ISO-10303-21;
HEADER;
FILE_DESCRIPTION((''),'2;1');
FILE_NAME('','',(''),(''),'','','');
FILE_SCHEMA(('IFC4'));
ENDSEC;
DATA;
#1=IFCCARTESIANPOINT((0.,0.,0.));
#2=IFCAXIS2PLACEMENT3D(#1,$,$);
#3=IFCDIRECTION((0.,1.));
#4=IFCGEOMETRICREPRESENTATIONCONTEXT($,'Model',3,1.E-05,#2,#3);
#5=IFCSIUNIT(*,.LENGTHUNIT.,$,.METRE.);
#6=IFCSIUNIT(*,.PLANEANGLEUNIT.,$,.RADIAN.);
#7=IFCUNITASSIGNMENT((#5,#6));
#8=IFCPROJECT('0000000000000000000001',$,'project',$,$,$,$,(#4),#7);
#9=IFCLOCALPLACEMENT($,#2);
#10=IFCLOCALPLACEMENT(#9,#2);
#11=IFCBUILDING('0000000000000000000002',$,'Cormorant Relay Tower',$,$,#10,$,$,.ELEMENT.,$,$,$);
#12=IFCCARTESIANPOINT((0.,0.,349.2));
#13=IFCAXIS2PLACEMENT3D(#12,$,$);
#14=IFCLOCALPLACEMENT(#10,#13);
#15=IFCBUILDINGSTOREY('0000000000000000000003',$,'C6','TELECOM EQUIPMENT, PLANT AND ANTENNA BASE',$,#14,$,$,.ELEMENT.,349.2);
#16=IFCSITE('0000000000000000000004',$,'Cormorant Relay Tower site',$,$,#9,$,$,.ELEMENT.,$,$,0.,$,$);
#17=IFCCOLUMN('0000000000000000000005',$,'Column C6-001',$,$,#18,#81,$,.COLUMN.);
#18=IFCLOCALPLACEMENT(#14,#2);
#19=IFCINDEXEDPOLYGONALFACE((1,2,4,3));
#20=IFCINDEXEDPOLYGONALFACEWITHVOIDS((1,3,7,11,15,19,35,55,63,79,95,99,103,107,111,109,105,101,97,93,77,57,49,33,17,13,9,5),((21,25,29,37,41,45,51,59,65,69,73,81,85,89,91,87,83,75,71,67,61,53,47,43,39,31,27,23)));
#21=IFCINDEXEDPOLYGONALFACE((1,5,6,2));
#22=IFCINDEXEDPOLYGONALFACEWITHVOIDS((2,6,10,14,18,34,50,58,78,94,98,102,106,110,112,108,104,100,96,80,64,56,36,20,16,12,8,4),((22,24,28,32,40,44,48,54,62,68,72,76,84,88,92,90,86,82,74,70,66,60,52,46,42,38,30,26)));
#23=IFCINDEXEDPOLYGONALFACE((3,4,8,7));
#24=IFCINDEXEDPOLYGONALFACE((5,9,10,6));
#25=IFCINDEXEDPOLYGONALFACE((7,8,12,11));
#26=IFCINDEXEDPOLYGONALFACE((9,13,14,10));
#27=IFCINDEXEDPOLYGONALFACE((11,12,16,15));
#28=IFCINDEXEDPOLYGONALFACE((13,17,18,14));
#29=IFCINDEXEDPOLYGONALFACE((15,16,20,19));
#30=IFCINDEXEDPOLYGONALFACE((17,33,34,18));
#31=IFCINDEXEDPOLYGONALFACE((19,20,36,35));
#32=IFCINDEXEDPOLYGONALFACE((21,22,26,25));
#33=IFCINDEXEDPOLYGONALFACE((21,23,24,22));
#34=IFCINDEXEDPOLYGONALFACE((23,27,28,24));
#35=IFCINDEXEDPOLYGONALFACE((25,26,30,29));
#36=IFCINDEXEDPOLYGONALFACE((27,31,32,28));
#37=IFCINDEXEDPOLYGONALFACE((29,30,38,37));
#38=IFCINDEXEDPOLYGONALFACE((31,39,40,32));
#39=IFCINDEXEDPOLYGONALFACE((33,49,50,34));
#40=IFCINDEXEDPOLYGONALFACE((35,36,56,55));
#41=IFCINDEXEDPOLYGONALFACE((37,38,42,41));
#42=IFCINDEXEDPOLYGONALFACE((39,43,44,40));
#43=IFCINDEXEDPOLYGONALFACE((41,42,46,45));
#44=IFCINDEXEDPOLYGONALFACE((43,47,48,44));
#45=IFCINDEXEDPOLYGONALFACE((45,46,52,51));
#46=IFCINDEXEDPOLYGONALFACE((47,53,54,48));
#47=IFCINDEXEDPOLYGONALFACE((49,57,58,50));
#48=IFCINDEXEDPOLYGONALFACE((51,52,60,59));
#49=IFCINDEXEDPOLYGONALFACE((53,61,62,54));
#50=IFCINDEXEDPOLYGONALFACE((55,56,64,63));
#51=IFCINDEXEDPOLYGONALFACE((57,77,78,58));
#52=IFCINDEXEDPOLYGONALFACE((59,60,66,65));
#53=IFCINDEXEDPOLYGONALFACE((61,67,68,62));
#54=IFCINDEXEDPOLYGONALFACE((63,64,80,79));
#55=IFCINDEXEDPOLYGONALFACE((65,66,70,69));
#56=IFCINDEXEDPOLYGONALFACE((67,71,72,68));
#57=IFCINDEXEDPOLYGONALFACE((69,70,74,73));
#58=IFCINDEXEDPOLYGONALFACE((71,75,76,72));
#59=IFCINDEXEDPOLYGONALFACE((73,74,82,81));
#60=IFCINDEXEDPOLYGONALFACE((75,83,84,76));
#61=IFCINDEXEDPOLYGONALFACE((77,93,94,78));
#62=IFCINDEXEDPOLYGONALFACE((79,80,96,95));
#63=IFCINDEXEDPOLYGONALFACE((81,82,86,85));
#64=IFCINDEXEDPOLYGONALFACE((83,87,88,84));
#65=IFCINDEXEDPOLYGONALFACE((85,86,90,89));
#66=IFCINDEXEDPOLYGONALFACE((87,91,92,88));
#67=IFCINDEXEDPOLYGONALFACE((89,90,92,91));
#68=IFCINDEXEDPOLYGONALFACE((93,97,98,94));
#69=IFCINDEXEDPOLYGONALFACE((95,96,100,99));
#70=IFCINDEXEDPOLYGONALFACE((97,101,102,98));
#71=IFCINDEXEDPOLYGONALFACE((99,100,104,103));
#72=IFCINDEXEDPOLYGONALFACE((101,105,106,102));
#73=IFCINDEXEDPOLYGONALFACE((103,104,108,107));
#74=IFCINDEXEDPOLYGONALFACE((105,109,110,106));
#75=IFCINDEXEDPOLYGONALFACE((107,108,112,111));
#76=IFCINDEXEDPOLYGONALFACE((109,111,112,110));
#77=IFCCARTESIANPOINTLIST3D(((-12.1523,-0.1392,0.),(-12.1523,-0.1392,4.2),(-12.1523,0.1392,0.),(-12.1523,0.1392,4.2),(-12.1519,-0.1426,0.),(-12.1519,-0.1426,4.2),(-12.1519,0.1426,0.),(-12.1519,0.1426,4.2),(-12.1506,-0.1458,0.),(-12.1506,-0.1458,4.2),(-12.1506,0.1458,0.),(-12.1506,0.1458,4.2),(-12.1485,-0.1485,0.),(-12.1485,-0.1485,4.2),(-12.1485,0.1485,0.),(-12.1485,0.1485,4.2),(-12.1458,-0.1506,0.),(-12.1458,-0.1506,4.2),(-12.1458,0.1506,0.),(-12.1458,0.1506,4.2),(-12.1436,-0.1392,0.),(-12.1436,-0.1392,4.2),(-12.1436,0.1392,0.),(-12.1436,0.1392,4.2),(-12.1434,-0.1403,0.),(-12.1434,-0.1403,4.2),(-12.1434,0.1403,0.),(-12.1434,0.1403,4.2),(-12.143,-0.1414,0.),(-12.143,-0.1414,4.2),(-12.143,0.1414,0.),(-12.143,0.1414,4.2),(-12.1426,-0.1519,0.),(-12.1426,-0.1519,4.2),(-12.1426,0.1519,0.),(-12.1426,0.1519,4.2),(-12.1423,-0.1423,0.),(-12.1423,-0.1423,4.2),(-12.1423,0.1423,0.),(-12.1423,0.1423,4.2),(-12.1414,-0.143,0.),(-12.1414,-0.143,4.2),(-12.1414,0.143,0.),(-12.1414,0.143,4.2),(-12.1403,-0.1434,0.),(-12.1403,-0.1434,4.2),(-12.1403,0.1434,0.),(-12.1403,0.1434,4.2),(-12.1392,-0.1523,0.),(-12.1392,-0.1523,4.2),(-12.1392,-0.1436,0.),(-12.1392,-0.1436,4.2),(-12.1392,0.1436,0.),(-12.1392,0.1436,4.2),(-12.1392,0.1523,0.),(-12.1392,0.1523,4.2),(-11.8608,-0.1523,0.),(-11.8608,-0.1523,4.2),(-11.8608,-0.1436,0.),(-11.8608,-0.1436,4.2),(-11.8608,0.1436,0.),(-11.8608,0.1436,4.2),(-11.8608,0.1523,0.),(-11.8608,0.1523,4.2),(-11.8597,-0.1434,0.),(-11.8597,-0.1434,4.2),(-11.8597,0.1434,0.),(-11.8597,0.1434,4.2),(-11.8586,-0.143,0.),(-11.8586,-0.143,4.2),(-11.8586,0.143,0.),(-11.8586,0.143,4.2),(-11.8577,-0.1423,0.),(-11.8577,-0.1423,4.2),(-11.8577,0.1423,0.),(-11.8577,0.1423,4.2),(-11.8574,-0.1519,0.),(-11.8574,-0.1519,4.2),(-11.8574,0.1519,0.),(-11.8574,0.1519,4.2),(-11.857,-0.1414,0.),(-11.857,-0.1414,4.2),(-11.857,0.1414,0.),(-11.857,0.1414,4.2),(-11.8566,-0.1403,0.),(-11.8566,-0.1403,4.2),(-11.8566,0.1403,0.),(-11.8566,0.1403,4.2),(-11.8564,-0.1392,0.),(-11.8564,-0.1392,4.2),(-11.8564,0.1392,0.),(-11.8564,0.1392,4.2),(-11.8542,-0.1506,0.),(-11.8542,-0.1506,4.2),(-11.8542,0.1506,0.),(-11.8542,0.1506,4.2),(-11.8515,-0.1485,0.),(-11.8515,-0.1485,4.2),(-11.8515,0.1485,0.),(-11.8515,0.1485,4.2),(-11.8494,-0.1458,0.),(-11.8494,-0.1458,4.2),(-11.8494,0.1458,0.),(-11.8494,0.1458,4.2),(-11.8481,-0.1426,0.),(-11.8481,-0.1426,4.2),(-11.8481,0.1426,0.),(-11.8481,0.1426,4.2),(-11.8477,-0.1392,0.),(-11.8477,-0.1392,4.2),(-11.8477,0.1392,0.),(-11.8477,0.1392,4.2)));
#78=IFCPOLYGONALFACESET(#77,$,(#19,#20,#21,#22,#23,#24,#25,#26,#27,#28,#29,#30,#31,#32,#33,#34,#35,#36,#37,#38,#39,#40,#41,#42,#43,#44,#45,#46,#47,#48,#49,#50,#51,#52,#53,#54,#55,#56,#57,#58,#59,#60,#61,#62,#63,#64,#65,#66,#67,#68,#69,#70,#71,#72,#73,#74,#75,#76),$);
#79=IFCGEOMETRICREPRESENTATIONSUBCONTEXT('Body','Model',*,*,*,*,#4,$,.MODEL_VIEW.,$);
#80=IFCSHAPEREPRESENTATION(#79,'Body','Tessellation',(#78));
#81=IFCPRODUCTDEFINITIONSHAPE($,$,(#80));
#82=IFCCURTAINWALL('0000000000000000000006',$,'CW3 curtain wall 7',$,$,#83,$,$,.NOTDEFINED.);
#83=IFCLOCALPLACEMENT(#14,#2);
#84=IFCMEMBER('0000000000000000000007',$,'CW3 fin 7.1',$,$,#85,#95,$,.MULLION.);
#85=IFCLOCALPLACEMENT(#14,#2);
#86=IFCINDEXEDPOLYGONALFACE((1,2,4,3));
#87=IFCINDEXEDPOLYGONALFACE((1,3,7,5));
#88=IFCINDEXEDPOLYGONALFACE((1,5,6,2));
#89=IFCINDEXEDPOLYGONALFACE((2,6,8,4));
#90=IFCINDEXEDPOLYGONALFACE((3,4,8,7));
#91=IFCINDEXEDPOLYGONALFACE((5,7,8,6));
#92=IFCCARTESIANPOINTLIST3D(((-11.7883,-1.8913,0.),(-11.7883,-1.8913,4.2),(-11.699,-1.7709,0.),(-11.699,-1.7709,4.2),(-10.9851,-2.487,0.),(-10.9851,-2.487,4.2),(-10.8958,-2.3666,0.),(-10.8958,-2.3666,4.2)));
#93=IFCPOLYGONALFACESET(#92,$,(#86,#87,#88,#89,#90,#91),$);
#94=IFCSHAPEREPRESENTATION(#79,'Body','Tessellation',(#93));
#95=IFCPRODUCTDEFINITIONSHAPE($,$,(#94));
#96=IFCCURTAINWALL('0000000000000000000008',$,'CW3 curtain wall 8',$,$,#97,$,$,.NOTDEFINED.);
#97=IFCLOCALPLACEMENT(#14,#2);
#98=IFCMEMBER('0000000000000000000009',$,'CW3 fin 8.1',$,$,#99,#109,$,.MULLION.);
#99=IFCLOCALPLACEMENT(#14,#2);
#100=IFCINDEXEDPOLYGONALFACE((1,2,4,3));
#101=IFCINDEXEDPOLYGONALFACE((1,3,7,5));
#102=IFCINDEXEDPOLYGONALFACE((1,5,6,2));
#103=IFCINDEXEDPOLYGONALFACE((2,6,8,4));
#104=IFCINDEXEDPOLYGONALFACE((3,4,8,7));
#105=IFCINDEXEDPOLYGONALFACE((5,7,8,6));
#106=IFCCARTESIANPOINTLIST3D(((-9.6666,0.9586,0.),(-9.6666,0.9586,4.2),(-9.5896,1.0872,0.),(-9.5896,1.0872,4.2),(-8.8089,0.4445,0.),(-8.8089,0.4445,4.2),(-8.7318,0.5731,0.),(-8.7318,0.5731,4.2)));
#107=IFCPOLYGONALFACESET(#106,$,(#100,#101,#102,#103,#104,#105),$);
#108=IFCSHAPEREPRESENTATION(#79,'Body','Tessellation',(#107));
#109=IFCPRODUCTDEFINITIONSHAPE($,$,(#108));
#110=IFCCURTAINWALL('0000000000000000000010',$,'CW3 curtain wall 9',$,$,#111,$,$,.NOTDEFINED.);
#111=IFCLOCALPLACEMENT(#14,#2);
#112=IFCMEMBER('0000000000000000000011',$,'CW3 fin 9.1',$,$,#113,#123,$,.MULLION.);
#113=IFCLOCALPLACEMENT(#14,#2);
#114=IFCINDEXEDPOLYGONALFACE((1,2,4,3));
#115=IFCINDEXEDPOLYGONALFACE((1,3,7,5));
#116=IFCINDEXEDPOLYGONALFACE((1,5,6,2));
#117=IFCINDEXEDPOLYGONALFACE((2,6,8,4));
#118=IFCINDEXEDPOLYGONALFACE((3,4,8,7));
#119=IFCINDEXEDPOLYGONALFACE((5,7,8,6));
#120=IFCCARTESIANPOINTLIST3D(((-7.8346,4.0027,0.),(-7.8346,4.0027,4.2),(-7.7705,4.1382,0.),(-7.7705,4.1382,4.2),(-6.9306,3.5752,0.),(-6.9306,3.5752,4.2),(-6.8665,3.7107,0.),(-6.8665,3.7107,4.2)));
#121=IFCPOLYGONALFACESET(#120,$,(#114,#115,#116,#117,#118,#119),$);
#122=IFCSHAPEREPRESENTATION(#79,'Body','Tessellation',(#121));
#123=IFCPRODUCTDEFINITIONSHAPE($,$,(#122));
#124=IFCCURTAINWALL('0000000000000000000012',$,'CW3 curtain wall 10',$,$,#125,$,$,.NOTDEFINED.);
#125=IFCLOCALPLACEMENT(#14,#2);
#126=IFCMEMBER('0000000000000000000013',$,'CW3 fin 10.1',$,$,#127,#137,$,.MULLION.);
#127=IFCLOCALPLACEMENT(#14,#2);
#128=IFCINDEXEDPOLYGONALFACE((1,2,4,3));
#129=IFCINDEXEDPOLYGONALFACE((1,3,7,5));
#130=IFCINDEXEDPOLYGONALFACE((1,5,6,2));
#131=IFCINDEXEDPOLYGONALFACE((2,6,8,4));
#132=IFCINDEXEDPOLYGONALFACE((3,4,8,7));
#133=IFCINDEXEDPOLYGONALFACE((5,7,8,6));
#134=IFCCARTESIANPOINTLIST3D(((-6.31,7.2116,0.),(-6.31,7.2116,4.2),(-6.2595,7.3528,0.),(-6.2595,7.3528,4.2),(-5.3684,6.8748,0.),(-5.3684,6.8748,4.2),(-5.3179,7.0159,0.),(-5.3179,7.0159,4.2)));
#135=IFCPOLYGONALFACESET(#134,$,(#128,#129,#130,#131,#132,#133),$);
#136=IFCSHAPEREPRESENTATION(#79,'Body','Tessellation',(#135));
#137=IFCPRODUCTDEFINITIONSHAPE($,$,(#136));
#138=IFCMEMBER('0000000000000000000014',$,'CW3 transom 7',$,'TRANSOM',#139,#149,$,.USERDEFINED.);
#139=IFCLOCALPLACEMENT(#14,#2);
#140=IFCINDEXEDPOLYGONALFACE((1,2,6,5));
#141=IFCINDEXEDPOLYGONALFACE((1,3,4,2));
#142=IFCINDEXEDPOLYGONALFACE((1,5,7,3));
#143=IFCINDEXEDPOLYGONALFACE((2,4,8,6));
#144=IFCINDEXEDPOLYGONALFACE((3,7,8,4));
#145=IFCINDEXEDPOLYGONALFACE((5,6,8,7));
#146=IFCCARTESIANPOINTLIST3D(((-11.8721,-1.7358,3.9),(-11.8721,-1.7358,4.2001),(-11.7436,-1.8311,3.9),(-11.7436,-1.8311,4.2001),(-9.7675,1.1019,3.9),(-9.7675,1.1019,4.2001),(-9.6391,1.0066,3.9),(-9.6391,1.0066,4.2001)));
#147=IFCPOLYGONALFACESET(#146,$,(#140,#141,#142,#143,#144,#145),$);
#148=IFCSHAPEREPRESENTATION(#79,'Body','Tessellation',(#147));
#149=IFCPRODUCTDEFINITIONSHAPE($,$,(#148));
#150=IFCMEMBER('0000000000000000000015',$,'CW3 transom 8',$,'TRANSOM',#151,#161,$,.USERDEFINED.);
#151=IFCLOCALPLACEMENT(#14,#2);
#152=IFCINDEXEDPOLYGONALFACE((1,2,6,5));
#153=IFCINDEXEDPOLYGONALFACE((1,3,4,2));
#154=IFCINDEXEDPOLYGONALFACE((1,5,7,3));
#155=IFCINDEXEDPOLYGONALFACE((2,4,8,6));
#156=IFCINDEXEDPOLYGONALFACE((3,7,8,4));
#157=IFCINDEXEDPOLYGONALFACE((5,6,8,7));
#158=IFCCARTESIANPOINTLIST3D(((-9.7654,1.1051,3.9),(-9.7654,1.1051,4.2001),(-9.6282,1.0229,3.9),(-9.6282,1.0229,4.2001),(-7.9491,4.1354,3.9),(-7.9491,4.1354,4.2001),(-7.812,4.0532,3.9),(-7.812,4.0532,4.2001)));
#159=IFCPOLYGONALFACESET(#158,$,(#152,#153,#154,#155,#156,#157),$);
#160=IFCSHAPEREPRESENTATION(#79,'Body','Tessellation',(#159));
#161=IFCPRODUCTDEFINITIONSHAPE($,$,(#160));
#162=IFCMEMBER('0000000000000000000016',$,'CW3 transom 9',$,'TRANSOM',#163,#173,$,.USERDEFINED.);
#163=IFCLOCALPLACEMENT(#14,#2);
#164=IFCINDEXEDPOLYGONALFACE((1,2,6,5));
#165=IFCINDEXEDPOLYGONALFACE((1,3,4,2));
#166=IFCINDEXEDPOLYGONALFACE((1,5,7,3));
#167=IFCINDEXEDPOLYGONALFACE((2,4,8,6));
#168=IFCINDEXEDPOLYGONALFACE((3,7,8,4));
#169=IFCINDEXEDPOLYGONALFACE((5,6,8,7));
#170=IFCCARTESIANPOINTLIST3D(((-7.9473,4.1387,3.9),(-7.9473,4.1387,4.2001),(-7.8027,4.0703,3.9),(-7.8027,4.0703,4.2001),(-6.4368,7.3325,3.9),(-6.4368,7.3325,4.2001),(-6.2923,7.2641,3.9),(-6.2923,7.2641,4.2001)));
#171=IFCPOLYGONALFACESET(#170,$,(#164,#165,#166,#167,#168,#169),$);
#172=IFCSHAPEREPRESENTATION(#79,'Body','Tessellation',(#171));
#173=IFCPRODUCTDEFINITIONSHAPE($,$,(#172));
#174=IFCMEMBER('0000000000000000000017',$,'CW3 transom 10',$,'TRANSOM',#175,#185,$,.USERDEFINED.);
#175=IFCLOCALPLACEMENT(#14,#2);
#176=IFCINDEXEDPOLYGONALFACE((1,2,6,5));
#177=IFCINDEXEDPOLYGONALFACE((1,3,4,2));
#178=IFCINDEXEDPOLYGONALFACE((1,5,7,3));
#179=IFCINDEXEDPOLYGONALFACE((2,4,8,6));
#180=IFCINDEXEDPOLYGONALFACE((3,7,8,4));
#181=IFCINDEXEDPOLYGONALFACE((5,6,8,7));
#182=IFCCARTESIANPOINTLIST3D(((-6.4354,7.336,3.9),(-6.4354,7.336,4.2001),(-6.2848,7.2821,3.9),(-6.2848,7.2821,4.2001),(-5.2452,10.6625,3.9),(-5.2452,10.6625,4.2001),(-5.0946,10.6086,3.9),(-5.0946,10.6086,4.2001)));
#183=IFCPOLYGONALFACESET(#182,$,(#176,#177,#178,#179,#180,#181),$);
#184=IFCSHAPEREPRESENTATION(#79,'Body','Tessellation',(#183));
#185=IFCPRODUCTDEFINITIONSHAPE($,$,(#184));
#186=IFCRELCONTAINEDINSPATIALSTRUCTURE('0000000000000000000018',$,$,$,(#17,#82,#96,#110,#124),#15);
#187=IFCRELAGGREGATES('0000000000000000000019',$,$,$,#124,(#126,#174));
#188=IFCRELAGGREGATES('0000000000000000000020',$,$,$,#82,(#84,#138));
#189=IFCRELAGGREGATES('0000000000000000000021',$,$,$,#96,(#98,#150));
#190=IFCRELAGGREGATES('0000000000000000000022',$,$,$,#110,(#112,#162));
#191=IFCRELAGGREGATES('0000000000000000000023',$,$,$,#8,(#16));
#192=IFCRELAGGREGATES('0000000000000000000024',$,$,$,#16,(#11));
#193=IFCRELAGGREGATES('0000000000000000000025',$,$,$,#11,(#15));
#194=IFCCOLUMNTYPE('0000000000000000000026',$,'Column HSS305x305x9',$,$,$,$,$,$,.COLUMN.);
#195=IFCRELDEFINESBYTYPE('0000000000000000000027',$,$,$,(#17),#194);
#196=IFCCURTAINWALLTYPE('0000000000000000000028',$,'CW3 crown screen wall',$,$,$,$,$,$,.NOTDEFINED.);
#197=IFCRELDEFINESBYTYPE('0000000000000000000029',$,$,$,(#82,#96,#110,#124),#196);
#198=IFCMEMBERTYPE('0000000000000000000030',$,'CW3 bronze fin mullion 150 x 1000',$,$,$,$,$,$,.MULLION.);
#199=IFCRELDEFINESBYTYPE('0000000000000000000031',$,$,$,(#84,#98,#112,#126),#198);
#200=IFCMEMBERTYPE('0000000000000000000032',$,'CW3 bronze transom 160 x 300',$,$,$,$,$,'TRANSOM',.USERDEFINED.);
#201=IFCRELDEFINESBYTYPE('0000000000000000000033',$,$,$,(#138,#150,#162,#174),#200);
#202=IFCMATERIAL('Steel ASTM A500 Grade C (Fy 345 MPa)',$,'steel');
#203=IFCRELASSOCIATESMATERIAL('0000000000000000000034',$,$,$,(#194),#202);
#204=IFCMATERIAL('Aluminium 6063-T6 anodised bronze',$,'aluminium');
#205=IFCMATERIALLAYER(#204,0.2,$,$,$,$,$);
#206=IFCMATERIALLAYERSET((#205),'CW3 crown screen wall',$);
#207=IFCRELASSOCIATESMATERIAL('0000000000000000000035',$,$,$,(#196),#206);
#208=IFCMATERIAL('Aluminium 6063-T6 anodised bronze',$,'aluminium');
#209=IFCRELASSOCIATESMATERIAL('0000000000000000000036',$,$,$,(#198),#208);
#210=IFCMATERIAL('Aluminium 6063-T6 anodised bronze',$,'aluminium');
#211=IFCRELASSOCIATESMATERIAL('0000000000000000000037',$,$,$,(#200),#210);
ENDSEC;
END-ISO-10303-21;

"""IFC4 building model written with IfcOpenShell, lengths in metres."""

from ifc_helpers import new_model, si_unit, direction, frame, origin, origin_2d, place, context, subcontext, project, spatial, rectangle, hollow_rectangle, extrude, material, layer, layer_set, material_profile, profile_set, type_object, element, aggregate, save


model = new_model("IFC4")

# Units and contexts
model_context = context("Model", 3, precision=1e-05, world=origin(), true_north=direction((0.0, 1.0)))
body_context = subcontext(model_context, "Body", "Model", "MODEL_VIEW")
ifc_project = project(units=[si_unit("LENGTHUNIT", "METRE"), si_unit("PLANEANGLEUNIT", "RADIAN")], contexts=[model_context])

# Site, building, storey
site_placement = place(None, origin())
site = spatial("IfcSite", under=ifc_project, at=site_placement, Name="Cormorant Relay Tower site", CompositionType="ELEMENT", RefElevation=0.0)
building_placement = place(site_placement, origin())
building = spatial("IfcBuilding", under=site, at=building_placement, Name="Cormorant Relay Tower", CompositionType="ELEMENT")
storey_placement = place(building_placement, frame((0.0, 0.0, 349.2)))
storey = spatial("IfcBuildingStorey", under=building, at=storey_placement, Name="C6", Description="TELECOM EQUIPMENT, PLANT AND ANTENNA BASE", CompositionType="ELEMENT", Elevation=349.2)

# Column
ifc_material_1 = material(Name="Steel ASTM A500 Grade C (Fy 345 MPa)", Category="steel")
ifc_material_profile_1 = material_profile(ifc_material_1, hollow_rectangle(XDim=0.3047, YDim=0.3047, WallThickness=0.0088, InnerFilletRadius=0.0044, OuterFilletRadius=0.0132, at=origin_2d()), Name="HSS305x305x9")
ifc_profile_set_1 = profile_set([ifc_material_profile_1], Name="Steel ASTM A500 Grade C (Fy 345 MPa)")
column_type = type_object("IfcColumnType", Name="Column HSS305x305x9", PredefinedType="COLUMN", material=ifc_profile_set_1)
column_placement = place(storey_placement, frame((-12.0, 0.0, 0.0), z_axis=(0.0, 0.0, 1.0), x_axis=(1.0, 0.0, 0.0)))
element("IfcColumn", 1, at=column_placement, inside=storey, type_object=column_type, Name="Column C6-001", PredefinedType="COLUMN", context=body_context, shape_type="SweptSolid", body=[
    extrude(hollow_rectangle(XDim=0.3047, YDim=0.3047, WallThickness=0.0088, InnerFilletRadius=0.0044, OuterFilletRadius=0.0132, at=origin_2d()), origin(), (0.0, 0.0, 1.0), 4.2),
])

# Curtain walls, members
ifc_material_2 = material(Name="Aluminium 6063-T6 anodised bronze", Category="aluminium")
ifc_layer_1 = layer(ifc_material_2, 0.2)
ifc_layer_set_1 = layer_set([ifc_layer_1], Name="CW3 crown screen wall")
curtain_wall_type = type_object("IfcCurtainWallType", Name="CW3 crown screen wall", PredefinedType="NOTDEFINED", material=ifc_layer_set_1)
curtain_wall_1_placement = place(storey_placement, origin())
curtain_wall_1 = element("IfcCurtainWall", 2, at=curtain_wall_1_placement, inside=storey, type_object=curtain_wall_type, Name="CW3 curtain wall 7", PredefinedType="NOTDEFINED")
ifc_material_3 = material(Name="Aluminium 6063-T6 anodised bronze", Category="aluminium")
ifc_material_profile_2 = material_profile(ifc_material_3, rectangle(XDim=0.1499, YDim=1.0, at=origin_2d()), Name="AL 150x1000")
ifc_profile_set_2 = profile_set([ifc_material_profile_2], Name="Aluminium 6063-T6 anodised bronze")
member_type_1 = type_object("IfcMemberType", Name="CW3 bronze fin mullion 150 x 1000", PredefinedType="MULLION", material=ifc_profile_set_2)
member_1_placement = place(storey_placement, frame((-11.342, -2.1289, 0.0), z_axis=(0.0, 0.0, 1.0), x_axis=(0.595699, 0.803208, 0.0)))
member_1 = element("IfcMember", 3, at=member_1_placement, type_object=member_type_1, Name="CW3 fin 7.1", PredefinedType="MULLION", context=body_context, shape_type="SweptSolid", body=[
    extrude(rectangle(XDim=0.1499, YDim=1.0, at=origin_2d()), origin(), (0.0, 0.0, 1.0), 4.2),
])
curtain_wall_2_placement = place(storey_placement, origin())
curtain_wall_2 = element("IfcCurtainWall", 4, at=curtain_wall_2_placement, inside=storey, type_object=curtain_wall_type, Name="CW3 curtain wall 8", PredefinedType="NOTDEFINED")
member_2_placement = place(storey_placement, frame((-9.1992, 0.7659, 0.0), z_axis=(0.0, 0.0, 1.0), x_axis=(0.514103, 0.857729, 0.0)))
member_2 = element("IfcMember", 5, at=member_2_placement, type_object=member_type_1, Name="CW3 fin 8.1", PredefinedType="MULLION", context=body_context, shape_type="SweptSolid", body=[
    extrude(rectangle(XDim=0.1499, YDim=1.0, at=origin_2d()), origin(), (0.0, 0.0, 1.0), 4.2),
])
curtain_wall_3_placement = place(storey_placement, origin())
curtain_wall_3 = element("IfcCurtainWall", 6, at=curtain_wall_3_placement, inside=storey, type_object=curtain_wall_type, Name="CW3 curtain wall 9", PredefinedType="NOTDEFINED")
member_3_placement = place(storey_placement, frame((-7.3506, 3.8567, 0.0), z_axis=(0.0, 0.0, 1.0), x_axis=(0.427555, 0.903989, 0.0)))
member_3 = element("IfcMember", 7, at=member_3_placement, type_object=member_type_1, Name="CW3 fin 9.1", PredefinedType="MULLION", context=body_context, shape_type="SweptSolid", body=[
    extrude(rectangle(XDim=0.1499, YDim=1.0, at=origin_2d()), origin(), (0.0, 0.0, 1.0), 4.2),
])
curtain_wall_4_placement = place(storey_placement, origin())
curtain_wall_4 = element("IfcCurtainWall", 8, at=curtain_wall_4_placement, inside=storey, type_object=curtain_wall_type, Name="CW3 curtain wall 10", PredefinedType="NOTDEFINED")
member_4_placement = place(storey_placement, frame((-5.814, 7.1138, 0.0), z_axis=(0.0, 0.0, 1.0), x_axis=(0.33689, 0.941544, 0.0)))
member_4 = element("IfcMember", 9, at=member_4_placement, type_object=member_type_1, Name="CW3 fin 10.1", PredefinedType="MULLION", context=body_context, shape_type="SweptSolid", body=[
    extrude(rectangle(XDim=0.1499, YDim=1.0, at=origin_2d()), origin(), (0.0, 0.0, 1.0), 4.2),
])

# Members
ifc_material_4 = material(Name="Aluminium 6063-T6 anodised bronze", Category="aluminium")
ifc_material_profile_3 = material_profile(ifc_material_4, rectangle(XDim=0.1599, YDim=0.3, at=origin_2d()), Name="AL 160x300")
ifc_profile_set_3 = profile_set([ifc_material_profile_3], Name="Aluminium 6063-T6 anodised bronze")
member_type_2 = type_object("IfcMemberType", Name="CW3 bronze transom 160 x 300", ElementType="TRANSOM", PredefinedType="USERDEFINED", material=ifc_profile_set_3)
member_5_placement = place(storey_placement, frame((-11.8079, -1.7834, 4.05), z_axis=(0.59569, 0.803214, 0.0), x_axis=(-0.803214, 0.59569, 0.0)))
member_5 = element("IfcMember", 10, at=member_5_placement, type_object=member_type_2, Name="CW3 transom 7", ObjectType="TRANSOM", PredefinedType="USERDEFINED", context=body_context, shape_type="SweptSolid", body=[
    extrude(rectangle(XDim=0.1599, YDim=0.3, at=origin_2d()), origin(), (0.0, 0.0, 1.0), 3.533),
])
member_6_placement = place(storey_placement, frame((-9.6968, 1.064, 4.05), z_axis=(0.514079, 0.857743, 0.0), x_axis=(-0.857743, 0.514079, 0.0)))
member_6 = element("IfcMember", 11, at=member_6_placement, type_object=member_type_2, Name="CW3 transom 8", ObjectType="TRANSOM", PredefinedType="USERDEFINED", context=body_context, shape_type="SweptSolid", body=[
    extrude(rectangle(XDim=0.1599, YDim=0.3, at=origin_2d()), origin(), (0.0, 0.0, 1.0), 3.533),
])
member_7_placement = place(storey_placement, frame((-7.875, 4.1045, 4.05), z_axis=(0.427537, 0.903998, 0.0), x_axis=(-0.903998, 0.427537, 0.0)))
member_7 = element("IfcMember", 12, at=member_7_placement, type_object=member_type_2, Name="CW3 transom 9", ObjectType="TRANSOM", PredefinedType="USERDEFINED", context=body_context, shape_type="SweptSolid", body=[
    extrude(rectangle(XDim=0.1599, YDim=0.3, at=origin_2d()), origin(), (0.0, 0.0, 1.0), 3.533),
])
member_8_placement = place(storey_placement, frame((-6.3601, 7.3091, 4.05), z_axis=(0.336884, 0.941546, 0.0), x_axis=(-0.941546, 0.336884, 0.0)))
member_8 = element("IfcMember", 13, at=member_8_placement, type_object=member_type_2, Name="CW3 transom 10", ObjectType="TRANSOM", PredefinedType="USERDEFINED", context=body_context, shape_type="SweptSolid", body=[
    extrude(rectangle(XDim=0.1599, YDim=0.3, at=origin_2d()), origin(), (0.0, 0.0, 1.0), 3.533),
])
aggregate(curtain_wall_4, [member_4, member_8])

aggregate(curtain_wall_1, [member_1, member_5])
aggregate(curtain_wall_2, [member_2, member_6])
aggregate(curtain_wall_3, [member_3, member_7])

save(model, "model.ifc")
